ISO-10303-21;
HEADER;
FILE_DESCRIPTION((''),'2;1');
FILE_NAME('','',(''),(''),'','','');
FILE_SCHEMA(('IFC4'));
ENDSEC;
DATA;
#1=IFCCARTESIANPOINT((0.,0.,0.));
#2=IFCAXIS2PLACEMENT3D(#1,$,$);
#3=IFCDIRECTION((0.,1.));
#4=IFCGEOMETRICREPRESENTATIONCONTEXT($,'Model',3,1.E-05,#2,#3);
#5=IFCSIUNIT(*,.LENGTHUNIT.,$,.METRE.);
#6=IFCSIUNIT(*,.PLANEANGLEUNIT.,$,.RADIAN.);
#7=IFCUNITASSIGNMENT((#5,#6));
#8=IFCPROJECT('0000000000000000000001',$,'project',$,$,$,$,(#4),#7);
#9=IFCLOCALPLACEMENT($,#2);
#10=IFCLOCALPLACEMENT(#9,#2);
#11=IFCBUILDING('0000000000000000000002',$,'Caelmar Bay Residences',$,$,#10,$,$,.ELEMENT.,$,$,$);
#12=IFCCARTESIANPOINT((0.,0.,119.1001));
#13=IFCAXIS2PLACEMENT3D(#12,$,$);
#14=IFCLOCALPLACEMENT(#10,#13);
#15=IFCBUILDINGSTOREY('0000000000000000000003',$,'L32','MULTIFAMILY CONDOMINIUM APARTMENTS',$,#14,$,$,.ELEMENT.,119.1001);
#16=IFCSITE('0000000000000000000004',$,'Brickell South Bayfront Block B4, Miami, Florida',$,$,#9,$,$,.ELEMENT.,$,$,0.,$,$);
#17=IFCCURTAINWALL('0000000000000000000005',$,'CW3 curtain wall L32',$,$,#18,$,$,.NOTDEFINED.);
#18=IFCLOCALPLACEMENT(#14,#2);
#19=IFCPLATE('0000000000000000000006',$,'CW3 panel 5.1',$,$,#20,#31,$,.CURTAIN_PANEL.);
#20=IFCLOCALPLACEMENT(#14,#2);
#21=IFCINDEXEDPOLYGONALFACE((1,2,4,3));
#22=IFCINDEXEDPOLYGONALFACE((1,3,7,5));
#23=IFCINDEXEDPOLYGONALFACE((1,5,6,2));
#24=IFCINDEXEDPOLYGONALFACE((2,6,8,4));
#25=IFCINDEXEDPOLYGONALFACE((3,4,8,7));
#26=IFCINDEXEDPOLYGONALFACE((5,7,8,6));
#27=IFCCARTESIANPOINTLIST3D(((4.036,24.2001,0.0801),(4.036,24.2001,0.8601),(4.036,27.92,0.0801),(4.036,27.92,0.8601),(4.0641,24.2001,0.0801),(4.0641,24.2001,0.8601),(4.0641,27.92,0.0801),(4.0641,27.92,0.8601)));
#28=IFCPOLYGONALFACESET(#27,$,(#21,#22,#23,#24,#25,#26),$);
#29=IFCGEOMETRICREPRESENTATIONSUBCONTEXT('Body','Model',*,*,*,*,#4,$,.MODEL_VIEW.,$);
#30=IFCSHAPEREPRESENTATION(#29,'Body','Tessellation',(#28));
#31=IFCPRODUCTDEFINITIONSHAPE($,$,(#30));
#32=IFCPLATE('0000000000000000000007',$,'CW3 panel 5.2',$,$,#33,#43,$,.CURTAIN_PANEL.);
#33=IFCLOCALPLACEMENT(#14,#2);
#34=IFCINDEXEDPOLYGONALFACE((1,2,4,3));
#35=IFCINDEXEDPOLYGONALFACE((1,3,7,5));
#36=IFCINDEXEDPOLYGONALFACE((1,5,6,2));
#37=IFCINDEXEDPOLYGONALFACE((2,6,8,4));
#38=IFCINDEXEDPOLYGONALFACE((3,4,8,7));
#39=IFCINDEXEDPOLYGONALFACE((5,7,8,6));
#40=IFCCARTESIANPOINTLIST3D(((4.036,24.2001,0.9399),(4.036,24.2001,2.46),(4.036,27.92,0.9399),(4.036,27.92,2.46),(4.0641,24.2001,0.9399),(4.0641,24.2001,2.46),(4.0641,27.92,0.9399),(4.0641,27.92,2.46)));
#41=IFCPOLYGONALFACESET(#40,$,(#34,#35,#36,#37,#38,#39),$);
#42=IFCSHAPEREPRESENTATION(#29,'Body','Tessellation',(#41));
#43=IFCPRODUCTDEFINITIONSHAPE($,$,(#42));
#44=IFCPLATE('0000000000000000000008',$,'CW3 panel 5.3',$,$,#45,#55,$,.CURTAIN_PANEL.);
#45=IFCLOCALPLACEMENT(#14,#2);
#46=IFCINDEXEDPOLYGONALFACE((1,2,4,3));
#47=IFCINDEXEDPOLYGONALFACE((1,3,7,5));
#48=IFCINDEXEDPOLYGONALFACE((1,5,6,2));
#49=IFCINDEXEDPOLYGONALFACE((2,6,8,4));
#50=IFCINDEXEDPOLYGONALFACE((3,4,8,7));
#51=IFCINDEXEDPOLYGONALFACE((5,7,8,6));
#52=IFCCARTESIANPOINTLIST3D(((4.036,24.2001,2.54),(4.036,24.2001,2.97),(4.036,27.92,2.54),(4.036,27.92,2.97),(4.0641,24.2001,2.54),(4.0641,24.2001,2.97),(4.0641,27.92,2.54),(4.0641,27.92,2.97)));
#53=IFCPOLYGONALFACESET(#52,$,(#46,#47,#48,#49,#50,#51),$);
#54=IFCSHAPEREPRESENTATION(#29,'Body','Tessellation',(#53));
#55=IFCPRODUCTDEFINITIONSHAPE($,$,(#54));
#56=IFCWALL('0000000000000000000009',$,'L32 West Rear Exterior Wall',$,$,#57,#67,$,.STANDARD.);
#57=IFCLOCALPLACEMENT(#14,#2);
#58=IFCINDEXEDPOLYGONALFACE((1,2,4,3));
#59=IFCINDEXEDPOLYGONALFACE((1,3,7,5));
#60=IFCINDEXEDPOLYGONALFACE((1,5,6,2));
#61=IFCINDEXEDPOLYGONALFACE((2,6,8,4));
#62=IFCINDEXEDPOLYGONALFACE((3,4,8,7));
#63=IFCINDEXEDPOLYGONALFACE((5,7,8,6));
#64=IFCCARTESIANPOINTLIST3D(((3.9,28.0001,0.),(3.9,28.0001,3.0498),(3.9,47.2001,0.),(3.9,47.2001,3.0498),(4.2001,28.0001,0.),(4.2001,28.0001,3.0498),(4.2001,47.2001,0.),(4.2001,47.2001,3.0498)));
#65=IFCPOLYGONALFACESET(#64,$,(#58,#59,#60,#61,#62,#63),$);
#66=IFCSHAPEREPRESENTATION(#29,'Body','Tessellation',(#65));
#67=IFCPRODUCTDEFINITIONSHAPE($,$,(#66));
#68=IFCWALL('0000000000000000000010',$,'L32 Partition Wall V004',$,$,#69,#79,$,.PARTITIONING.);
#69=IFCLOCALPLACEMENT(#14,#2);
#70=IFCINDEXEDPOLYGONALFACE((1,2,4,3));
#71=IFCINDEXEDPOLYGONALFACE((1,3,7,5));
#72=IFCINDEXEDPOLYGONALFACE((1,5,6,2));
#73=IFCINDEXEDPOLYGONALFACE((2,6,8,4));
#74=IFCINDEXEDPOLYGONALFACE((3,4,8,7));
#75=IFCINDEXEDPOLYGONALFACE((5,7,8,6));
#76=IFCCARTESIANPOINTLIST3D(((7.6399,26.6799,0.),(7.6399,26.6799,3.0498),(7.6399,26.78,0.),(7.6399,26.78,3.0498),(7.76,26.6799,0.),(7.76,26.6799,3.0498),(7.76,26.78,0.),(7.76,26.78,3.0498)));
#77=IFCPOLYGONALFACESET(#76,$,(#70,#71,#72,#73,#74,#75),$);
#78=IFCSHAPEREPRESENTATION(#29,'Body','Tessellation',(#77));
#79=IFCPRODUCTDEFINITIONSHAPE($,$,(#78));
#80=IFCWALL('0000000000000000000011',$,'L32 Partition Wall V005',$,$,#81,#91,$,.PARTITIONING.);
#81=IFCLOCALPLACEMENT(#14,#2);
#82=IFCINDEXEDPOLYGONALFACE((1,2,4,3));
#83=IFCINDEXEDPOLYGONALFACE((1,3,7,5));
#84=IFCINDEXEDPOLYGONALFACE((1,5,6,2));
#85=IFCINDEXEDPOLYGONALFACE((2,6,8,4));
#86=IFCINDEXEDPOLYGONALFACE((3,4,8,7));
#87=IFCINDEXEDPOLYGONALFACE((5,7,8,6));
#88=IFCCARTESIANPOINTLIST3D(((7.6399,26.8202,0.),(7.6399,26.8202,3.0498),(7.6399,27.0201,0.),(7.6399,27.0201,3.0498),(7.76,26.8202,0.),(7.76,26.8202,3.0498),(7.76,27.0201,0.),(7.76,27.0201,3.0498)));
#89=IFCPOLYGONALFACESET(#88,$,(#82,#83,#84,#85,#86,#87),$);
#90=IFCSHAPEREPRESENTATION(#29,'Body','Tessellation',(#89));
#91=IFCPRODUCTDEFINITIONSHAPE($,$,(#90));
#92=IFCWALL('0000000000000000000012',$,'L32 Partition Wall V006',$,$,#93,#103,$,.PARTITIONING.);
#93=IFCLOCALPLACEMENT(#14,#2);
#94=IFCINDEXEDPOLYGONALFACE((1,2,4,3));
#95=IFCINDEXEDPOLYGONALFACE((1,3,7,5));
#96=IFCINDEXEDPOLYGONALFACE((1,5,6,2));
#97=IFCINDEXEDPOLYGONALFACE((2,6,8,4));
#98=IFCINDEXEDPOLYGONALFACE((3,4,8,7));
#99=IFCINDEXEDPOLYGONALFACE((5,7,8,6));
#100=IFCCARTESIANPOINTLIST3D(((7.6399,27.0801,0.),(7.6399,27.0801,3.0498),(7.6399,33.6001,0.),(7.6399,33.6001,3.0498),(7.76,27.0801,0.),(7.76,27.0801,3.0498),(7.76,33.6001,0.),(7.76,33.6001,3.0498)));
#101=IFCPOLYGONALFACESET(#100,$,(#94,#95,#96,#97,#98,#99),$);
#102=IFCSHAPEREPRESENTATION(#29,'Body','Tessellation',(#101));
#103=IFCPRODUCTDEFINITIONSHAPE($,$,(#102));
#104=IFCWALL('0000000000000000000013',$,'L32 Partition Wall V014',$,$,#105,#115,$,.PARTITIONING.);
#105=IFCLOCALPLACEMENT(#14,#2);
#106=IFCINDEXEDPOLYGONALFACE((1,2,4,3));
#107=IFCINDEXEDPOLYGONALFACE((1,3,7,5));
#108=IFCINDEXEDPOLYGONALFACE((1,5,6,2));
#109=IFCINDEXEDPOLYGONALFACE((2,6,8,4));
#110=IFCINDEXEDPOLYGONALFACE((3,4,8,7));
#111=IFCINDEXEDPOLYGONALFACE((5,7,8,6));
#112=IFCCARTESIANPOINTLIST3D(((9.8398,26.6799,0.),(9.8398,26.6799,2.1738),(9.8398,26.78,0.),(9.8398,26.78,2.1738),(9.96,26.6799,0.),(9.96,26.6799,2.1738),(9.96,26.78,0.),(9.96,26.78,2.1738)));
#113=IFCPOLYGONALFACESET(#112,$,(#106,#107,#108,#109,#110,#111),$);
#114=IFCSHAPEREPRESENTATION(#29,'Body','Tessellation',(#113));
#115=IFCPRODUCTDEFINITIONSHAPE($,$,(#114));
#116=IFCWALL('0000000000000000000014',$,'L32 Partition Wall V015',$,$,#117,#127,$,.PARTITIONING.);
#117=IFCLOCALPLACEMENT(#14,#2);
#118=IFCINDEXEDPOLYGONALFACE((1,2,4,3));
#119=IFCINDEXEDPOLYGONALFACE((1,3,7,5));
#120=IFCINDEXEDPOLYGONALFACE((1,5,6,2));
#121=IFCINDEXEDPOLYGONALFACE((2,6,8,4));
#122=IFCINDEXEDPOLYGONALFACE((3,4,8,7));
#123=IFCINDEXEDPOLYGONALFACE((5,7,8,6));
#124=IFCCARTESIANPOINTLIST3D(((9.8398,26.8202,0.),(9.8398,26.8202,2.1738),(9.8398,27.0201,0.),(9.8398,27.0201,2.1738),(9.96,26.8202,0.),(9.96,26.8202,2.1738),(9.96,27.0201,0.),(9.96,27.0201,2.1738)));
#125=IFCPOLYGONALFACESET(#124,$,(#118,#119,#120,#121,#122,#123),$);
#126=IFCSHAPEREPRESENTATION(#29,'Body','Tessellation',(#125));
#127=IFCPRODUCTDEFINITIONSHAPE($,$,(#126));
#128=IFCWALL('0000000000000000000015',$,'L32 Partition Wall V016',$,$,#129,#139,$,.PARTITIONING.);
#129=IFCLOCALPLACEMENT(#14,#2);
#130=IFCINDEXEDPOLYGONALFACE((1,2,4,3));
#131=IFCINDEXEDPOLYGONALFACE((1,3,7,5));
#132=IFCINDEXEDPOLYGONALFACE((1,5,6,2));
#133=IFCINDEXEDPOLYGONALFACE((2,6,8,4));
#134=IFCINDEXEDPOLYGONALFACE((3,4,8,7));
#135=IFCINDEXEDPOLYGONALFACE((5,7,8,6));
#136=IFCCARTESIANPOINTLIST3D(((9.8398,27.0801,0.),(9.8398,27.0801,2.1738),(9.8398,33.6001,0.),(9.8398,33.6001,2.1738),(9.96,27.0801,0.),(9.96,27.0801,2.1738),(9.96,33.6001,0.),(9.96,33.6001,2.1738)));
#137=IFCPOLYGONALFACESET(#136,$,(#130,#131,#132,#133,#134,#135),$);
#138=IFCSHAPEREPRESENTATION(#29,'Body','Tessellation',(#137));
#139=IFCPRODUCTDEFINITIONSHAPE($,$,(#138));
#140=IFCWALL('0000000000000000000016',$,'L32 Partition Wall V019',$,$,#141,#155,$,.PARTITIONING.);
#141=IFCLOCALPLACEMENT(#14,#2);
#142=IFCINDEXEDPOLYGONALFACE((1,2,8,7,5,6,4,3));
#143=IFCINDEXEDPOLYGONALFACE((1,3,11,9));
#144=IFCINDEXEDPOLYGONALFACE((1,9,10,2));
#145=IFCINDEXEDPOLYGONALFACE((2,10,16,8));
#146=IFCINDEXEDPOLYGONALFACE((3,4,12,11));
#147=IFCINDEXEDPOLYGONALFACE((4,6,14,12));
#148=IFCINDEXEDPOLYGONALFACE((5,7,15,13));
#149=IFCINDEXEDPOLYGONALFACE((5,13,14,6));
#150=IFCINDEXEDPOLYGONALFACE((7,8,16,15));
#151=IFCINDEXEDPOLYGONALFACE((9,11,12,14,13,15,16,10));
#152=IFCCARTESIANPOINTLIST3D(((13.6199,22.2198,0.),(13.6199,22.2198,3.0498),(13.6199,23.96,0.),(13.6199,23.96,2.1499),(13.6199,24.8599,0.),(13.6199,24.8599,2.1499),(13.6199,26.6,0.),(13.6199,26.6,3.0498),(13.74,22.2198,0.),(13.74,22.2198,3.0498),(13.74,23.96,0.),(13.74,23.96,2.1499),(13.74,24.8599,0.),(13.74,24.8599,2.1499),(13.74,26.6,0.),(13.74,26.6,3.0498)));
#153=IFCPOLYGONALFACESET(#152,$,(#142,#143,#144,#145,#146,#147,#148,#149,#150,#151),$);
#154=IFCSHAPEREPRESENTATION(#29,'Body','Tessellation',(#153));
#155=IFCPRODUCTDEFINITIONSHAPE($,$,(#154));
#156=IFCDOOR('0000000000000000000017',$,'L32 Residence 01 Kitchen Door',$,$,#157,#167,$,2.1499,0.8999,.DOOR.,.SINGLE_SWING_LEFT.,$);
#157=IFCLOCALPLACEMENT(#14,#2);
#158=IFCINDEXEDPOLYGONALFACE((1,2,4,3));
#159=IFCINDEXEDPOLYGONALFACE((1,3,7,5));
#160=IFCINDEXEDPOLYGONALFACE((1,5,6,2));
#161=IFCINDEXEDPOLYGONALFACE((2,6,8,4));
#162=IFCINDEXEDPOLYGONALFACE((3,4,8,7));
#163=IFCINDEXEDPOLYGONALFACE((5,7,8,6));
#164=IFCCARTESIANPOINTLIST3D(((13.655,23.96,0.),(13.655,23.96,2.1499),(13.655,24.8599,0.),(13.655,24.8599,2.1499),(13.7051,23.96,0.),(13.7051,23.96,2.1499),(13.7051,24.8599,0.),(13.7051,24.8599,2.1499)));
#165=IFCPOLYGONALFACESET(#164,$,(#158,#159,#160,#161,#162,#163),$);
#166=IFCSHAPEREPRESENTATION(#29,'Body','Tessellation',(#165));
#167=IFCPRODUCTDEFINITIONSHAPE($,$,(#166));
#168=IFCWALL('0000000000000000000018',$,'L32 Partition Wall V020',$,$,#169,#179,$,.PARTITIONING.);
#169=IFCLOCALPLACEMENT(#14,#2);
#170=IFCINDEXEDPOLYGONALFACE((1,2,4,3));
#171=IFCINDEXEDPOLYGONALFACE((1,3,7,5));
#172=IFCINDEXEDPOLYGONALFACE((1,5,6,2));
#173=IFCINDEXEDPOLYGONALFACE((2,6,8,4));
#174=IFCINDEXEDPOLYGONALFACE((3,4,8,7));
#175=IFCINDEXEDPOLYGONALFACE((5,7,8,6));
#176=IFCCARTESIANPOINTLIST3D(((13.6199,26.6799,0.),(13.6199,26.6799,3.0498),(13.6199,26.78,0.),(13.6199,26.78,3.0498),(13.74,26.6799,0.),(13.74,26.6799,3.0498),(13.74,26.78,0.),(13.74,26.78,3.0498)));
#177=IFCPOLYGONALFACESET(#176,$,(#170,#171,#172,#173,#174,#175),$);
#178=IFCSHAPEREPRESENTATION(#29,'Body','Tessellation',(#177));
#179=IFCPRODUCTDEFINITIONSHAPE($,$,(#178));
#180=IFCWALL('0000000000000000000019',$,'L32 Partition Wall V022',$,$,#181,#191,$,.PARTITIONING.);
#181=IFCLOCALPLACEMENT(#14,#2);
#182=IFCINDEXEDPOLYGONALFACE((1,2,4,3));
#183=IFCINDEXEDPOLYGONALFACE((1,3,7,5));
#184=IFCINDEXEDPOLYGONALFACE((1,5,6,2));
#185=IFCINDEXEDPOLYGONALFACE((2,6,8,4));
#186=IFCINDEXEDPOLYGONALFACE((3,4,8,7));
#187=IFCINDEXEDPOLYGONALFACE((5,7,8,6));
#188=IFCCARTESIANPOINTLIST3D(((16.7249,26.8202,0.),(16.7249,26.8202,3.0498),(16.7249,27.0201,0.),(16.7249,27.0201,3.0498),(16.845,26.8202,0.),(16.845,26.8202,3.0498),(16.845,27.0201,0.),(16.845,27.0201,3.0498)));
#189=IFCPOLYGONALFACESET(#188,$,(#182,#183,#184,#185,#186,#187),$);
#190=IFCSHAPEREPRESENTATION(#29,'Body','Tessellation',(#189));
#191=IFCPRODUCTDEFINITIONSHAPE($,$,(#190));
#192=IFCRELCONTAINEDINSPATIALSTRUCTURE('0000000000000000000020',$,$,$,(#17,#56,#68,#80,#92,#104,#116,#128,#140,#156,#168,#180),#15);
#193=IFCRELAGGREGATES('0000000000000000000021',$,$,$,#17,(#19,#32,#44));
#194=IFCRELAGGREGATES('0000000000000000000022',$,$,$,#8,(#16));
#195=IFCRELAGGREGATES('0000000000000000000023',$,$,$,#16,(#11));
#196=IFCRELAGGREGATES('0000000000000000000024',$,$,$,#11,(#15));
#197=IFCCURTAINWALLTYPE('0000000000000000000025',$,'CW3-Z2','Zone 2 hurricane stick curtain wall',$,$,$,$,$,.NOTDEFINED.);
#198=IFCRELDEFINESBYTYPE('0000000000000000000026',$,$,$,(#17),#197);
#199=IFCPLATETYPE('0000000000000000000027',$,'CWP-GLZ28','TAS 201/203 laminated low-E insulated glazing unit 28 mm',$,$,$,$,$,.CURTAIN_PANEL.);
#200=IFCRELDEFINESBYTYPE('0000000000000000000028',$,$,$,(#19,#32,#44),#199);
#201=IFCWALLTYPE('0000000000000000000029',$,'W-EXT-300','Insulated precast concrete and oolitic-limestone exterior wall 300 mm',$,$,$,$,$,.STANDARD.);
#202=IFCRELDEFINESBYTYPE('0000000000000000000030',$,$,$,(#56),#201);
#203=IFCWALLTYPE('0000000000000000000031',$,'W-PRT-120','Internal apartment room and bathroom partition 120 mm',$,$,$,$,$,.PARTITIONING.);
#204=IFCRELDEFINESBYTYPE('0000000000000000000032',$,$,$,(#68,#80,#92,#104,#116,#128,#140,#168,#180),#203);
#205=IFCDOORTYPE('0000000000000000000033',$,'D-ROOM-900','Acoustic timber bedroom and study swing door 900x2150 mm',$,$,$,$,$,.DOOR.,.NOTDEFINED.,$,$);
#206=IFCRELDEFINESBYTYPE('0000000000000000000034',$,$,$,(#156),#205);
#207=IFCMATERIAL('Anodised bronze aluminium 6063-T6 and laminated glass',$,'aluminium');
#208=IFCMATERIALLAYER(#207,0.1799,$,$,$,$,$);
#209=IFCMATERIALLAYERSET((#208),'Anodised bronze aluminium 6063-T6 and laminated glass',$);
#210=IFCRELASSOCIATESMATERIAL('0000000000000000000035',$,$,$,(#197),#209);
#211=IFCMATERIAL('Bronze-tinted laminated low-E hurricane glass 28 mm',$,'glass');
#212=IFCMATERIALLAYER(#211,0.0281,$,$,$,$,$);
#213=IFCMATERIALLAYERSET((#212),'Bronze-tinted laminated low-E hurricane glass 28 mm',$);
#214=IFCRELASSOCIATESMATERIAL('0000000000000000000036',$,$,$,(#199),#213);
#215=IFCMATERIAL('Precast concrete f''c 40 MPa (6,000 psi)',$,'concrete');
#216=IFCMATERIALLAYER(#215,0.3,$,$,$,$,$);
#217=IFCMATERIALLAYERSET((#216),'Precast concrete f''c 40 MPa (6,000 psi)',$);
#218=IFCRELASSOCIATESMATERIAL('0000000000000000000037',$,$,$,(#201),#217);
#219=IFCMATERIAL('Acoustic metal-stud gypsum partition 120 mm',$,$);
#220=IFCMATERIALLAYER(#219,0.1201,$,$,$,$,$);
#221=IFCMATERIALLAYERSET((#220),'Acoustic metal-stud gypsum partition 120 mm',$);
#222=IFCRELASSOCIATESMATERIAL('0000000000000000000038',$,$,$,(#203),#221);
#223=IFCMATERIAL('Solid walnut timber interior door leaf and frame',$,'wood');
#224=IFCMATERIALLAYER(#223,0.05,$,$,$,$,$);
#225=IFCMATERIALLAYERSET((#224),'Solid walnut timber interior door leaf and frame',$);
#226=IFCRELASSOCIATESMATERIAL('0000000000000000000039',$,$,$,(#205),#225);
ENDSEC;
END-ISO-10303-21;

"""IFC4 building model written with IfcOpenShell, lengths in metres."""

from ifc_helpers import new_model, si_unit, direction, frame, frame_2d, origin, origin_2d, place, context, subcontext, project, spatial, rectangle, extrude, material, layer, layer_set, type_object, element, fill, aggregate, save


model = new_model("IFC4")

# Units and contexts
model_context = context("Model", 3, precision=1e-05, world=origin(), true_north=direction((0.0, 1.0)))
body_context = subcontext(model_context, "Body", "Model", "MODEL_VIEW")
ifc_project = project(units=[si_unit("LENGTHUNIT", "METRE"), si_unit("PLANEANGLEUNIT", "RADIAN")], contexts=[model_context])

# Site, building, storey
site_placement = place(None, origin())
site = spatial("IfcSite", under=ifc_project, at=site_placement, Name="Brickell South Bayfront Block B4, Miami, Florida", CompositionType="ELEMENT", RefElevation=0.0)
building_placement = place(site_placement, origin())
building = spatial("IfcBuilding", under=site, at=building_placement, Name="Caelmar Bay Residences", CompositionType="ELEMENT")
storey_placement = place(building_placement, frame((0.0, 0.0, 119.1001)))
storey = spatial("IfcBuildingStorey", under=building, at=storey_placement, Name="L32", Description="MULTIFAMILY CONDOMINIUM APARTMENTS", CompositionType="ELEMENT", Elevation=119.1001)

# Curtain wall, plates
ifc_material_1 = material(Name="Anodised bronze aluminium 6063-T6 and laminated glass", Category="aluminium")
ifc_layer_1 = layer(ifc_material_1, 0.1799)
ifc_layer_set_1 = layer_set([ifc_layer_1], Name="Anodised bronze aluminium 6063-T6 and laminated glass")
curtain_wall_type = type_object("IfcCurtainWallType", Name="CW3-Z2", Description="Zone 2 hurricane stick curtain wall", PredefinedType="NOTDEFINED", material=ifc_layer_set_1)
curtain_wall_placement = place(storey_placement, origin())
curtain_wall = element("IfcCurtainWall", 1, at=curtain_wall_placement, inside=storey, type_object=curtain_wall_type, Name="CW3 curtain wall L32", PredefinedType="NOTDEFINED")
ifc_material_2 = material(Name="Bronze-tinted laminated low-E hurricane glass 28 mm", Category="glass")
ifc_layer_2 = layer(ifc_material_2, 0.0281)
ifc_layer_set_2 = layer_set([ifc_layer_2], Name="Bronze-tinted laminated low-E hurricane glass 28 mm")
plate_type = type_object("IfcPlateType", Name="CWP-GLZ28", Description="TAS 201/203 laminated low-E insulated glazing unit 28 mm", PredefinedType="CURTAIN_PANEL", material=ifc_layer_set_2)
plate_1_placement = place(storey_placement, frame((4.05, 26.0601, 0.0801), z_axis=(0.0, 0.0, 1.0), x_axis=(0.0, 1.0, 0.0)))
plate_1 = element("IfcPlate", 2, at=plate_1_placement, type_object=plate_type, Name="CW3 panel 5.1", PredefinedType="CURTAIN_PANEL", context=body_context, shape_type="SweptSolid", body=[
    extrude(rectangle(XDim=3.72, YDim=0.0281, at=origin_2d()), origin(), (0.0, 0.0, 1.0), 0.78),
])
plate_2_placement = place(storey_placement, frame((4.05, 26.0601, 0.9399), z_axis=(0.0, 0.0, 1.0), x_axis=(0.0, 1.0, 0.0)))
plate_2 = element("IfcPlate", 3, at=plate_2_placement, type_object=plate_type, Name="CW3 panel 5.2", PredefinedType="CURTAIN_PANEL", context=body_context, shape_type="SweptSolid", body=[
    extrude(rectangle(XDim=3.72, YDim=0.0281, at=origin_2d()), origin(), (0.0, 0.0, 1.0), 1.52),
])
plate_3_placement = place(storey_placement, frame((4.05, 26.0601, 2.54), z_axis=(0.0, 0.0, 1.0), x_axis=(0.0, 1.0, 0.0)))
plate_3 = element("IfcPlate", 4, at=plate_3_placement, type_object=plate_type, Name="CW3 panel 5.3", PredefinedType="CURTAIN_PANEL", context=body_context, shape_type="SweptSolid", body=[
    extrude(rectangle(XDim=3.72, YDim=0.0281, at=origin_2d()), origin(), (0.0, 0.0, 1.0), 0.4299),
])
aggregate(curtain_wall, [plate_1, plate_2, plate_3])

# Walls
ifc_material_3 = material(Name="Precast concrete f'c 40 MPa (6,000 psi)", Category="concrete")
ifc_layer_3 = layer(ifc_material_3, 0.3)
ifc_layer_set_3 = layer_set([ifc_layer_3], Name="Precast concrete f'c 40 MPa (6,000 psi)")
wall_type_1 = type_object("IfcWallType", Name="W-EXT-300", Description="Insulated precast concrete and oolitic-limestone exterior wall 300 mm", PredefinedType="STANDARD", material=ifc_layer_set_3)
wall_1_placement = place(storey_placement, frame((4.05, 28.0, 0.0), z_axis=(0.0, 0.0, 1.0), x_axis=(0.0, 1.0, 0.0)))
element("IfcWall", 5, at=wall_1_placement, inside=storey, type_object=wall_type_1, Name="L32 West Rear Exterior Wall", PredefinedType="STANDARD", context=body_context, shape_type="SweptSolid", body=[
    extrude(rectangle(XDim=19.2, YDim=0.3, at=frame_2d((9.6001, 0.0))), origin(), (0.0, 0.0, 1.0), 3.0498),
])
ifc_material_4 = material(Name="Acoustic metal-stud gypsum partition 120 mm")
ifc_layer_4 = layer(ifc_material_4, 0.1201)
ifc_layer_set_4 = layer_set([ifc_layer_4], Name="Acoustic metal-stud gypsum partition 120 mm")
wall_type_2 = type_object("IfcWallType", Name="W-PRT-120", Description="Internal apartment room and bathroom partition 120 mm", PredefinedType="PARTITIONING", material=ifc_layer_set_4)
wall_2_placement = place(storey_placement, frame((7.7, 26.6799, 0.0), z_axis=(0.0, 0.0, 1.0), x_axis=(0.0, 1.0, 0.0)))
element("IfcWall", 6, at=wall_2_placement, inside=storey, type_object=wall_type_2, Name="L32 Partition Wall V004", PredefinedType="PARTITIONING", context=body_context, shape_type="SweptSolid", body=[
    extrude(rectangle(XDim=0.1001, YDim=0.1201, at=frame_2d((0.05, 0.0))), origin(), (0.0, 0.0, 1.0), 3.0498),
])
wall_3_placement = place(storey_placement, frame((7.7, 26.8201, 0.0), z_axis=(0.0, 0.0, 1.0), x_axis=(0.0, 1.0, 0.0)))
element("IfcWall", 7, at=wall_3_placement, inside=storey, type_object=wall_type_2, Name="L32 Partition Wall V005", PredefinedType="PARTITIONING", context=body_context, shape_type="SweptSolid", body=[
    extrude(rectangle(XDim=0.2, YDim=0.1201, at=frame_2d((0.1001, 0.0))), origin(), (0.0, 0.0, 1.0), 3.0498),
])
wall_4_placement = place(storey_placement, frame((7.7, 27.0801, 0.0), z_axis=(0.0, 0.0, 1.0), x_axis=(0.0, 1.0, 0.0)))
element("IfcWall", 8, at=wall_4_placement, inside=storey, type_object=wall_type_2, Name="L32 Partition Wall V006", PredefinedType="PARTITIONING", context=body_context, shape_type="SweptSolid", body=[
    extrude(rectangle(XDim=6.52, YDim=0.1201, at=frame_2d((3.26, 0.0))), origin(), (0.0, 0.0, 1.0), 3.0498),
])
wall_5_placement = place(storey_placement, frame((9.8999, 26.6799, 0.0), z_axis=(0.0, 0.0, 1.0), x_axis=(0.0, 1.0, 0.0)))
element("IfcWall", 9, at=wall_5_placement, inside=storey, type_object=wall_type_2, Name="L32 Partition Wall V014", PredefinedType="PARTITIONING", context=body_context, shape_type="SweptSolid", body=[
    extrude(rectangle(XDim=0.1001, YDim=0.1201, at=frame_2d((0.05, 0.0))), origin(), (0.0, 0.0, 1.0), 2.1738),
])
wall_6_placement = place(storey_placement, frame((9.8999, 26.8201, 0.0), z_axis=(0.0, 0.0, 1.0), x_axis=(0.0, 1.0, 0.0)))
element("IfcWall", 10, at=wall_6_placement, inside=storey, type_object=wall_type_2, Name="L32 Partition Wall V015", PredefinedType="PARTITIONING", context=body_context, shape_type="SweptSolid", body=[
    extrude(rectangle(XDim=0.2, YDim=0.1201, at=frame_2d((0.1001, 0.0))), origin(), (0.0, 0.0, 1.0), 2.1738),
])
wall_7_placement = place(storey_placement, frame((9.8999, 27.0801, 0.0), z_axis=(0.0, 0.0, 1.0), x_axis=(0.0, 1.0, 0.0)))
element("IfcWall", 11, at=wall_7_placement, inside=storey, type_object=wall_type_2, Name="L32 Partition Wall V016", PredefinedType="PARTITIONING", context=body_context, shape_type="SweptSolid", body=[
    extrude(rectangle(XDim=6.52, YDim=0.1201, at=frame_2d((3.26, 0.0))), origin(), (0.0, 0.0, 1.0), 2.1738),
])

# Wall, opening, door
wall_8_placement = place(storey_placement, frame((13.6799, 22.22, 0.0), z_axis=(0.0, 0.0, 1.0), x_axis=(0.0, 1.0, 0.0)))
wall_8 = element("IfcWall", 12, at=wall_8_placement, inside=storey, type_object=wall_type_2, Name="L32 Partition Wall V019", PredefinedType="PARTITIONING", context=body_context, shape_type="SweptSolid", body=[
    extrude(rectangle(XDim=4.3801, YDim=0.1201, at=frame_2d((2.1899, 0.0))), origin(), (0.0, 0.0, 1.0), 3.0498),
])
opening_1_placement = place(wall_8_placement, frame((1.74, 0.0, 0.0)))
opening_1 = element("IfcOpeningElement", 13, at=opening_1_placement, cuts=wall_8, PredefinedType="OPENING", context=body_context, shape_type="SweptSolid", body=[
    extrude(rectangle(XDim=0.8999, YDim=2.1499, at=frame_2d((0.45, 1.075))), frame((0.0, 0.0701, 0.0), z_axis=(0.0, -1.0, 0.0), x_axis=(1.0, 0.0, 0.0)), (0.0, 0.0, 1.0), 0.1401),
])
ifc_material_5 = material(Name="Solid walnut timber interior door leaf and frame", Category="wood")
ifc_layer_5 = layer(ifc_material_5, 0.05)
ifc_layer_set_5 = layer_set([ifc_layer_5], Name="Solid walnut timber interior door leaf and frame")
door_type_1 = type_object("IfcDoorType", Name="D-ROOM-900", Description="Acoustic timber bedroom and study swing door 900x2150 mm", OperationType="NOTDEFINED", PredefinedType="DOOR", material=ifc_layer_set_5)
door_1_placement = place(opening_1_placement, origin())
door_1 = element("IfcDoor", 14, at=door_1_placement, inside=storey, type_object=door_type_1, Name="L32 Residence 01 Kitchen Door", OperationType="SINGLE_SWING_LEFT", OverallHeight=2.1499, OverallWidth=0.8999, PredefinedType="DOOR", context=body_context, shape_type="SweptSolid", body=[
    extrude(rectangle(XDim=0.8999, YDim=2.1499, at=frame_2d((0.45, 1.075))), frame((0.0, 0.0249, 0.0), z_axis=(0.0, -1.0, 0.0), x_axis=(1.0, 0.0, 0.0)), (0.0, 0.0, 1.0), 0.05),
])
fill(opening_1, door_1)

# Walls
wall_9_placement = place(storey_placement, frame((13.6799, 26.6799, 0.0), z_axis=(0.0, 0.0, 1.0), x_axis=(0.0, 1.0, 0.0)))
element("IfcWall", 15, at=wall_9_placement, inside=storey, type_object=wall_type_2, Name="L32 Partition Wall V020", PredefinedType="PARTITIONING", context=body_context, shape_type="SweptSolid", body=[
    extrude(rectangle(XDim=0.1001, YDim=0.1201, at=frame_2d((0.05, 0.0))), origin(), (0.0, 0.0, 1.0), 3.0498),
])
wall_10_placement = place(storey_placement, frame((16.7849, 26.8201, 0.0), z_axis=(0.0, 0.0, 1.0), x_axis=(0.0, 1.0, 0.0)))
element("IfcWall", 16, at=wall_10_placement, inside=storey, type_object=wall_type_2, Name="L32 Partition Wall V022", PredefinedType="PARTITIONING", context=body_context, shape_type="SweptSolid", body=[
    extrude(rectangle(XDim=0.2, YDim=0.1201, at=frame_2d((0.1001, 0.0))), origin(), (0.0, 0.0, 1.0), 3.0498),
])

save(model, "model.ifc")
